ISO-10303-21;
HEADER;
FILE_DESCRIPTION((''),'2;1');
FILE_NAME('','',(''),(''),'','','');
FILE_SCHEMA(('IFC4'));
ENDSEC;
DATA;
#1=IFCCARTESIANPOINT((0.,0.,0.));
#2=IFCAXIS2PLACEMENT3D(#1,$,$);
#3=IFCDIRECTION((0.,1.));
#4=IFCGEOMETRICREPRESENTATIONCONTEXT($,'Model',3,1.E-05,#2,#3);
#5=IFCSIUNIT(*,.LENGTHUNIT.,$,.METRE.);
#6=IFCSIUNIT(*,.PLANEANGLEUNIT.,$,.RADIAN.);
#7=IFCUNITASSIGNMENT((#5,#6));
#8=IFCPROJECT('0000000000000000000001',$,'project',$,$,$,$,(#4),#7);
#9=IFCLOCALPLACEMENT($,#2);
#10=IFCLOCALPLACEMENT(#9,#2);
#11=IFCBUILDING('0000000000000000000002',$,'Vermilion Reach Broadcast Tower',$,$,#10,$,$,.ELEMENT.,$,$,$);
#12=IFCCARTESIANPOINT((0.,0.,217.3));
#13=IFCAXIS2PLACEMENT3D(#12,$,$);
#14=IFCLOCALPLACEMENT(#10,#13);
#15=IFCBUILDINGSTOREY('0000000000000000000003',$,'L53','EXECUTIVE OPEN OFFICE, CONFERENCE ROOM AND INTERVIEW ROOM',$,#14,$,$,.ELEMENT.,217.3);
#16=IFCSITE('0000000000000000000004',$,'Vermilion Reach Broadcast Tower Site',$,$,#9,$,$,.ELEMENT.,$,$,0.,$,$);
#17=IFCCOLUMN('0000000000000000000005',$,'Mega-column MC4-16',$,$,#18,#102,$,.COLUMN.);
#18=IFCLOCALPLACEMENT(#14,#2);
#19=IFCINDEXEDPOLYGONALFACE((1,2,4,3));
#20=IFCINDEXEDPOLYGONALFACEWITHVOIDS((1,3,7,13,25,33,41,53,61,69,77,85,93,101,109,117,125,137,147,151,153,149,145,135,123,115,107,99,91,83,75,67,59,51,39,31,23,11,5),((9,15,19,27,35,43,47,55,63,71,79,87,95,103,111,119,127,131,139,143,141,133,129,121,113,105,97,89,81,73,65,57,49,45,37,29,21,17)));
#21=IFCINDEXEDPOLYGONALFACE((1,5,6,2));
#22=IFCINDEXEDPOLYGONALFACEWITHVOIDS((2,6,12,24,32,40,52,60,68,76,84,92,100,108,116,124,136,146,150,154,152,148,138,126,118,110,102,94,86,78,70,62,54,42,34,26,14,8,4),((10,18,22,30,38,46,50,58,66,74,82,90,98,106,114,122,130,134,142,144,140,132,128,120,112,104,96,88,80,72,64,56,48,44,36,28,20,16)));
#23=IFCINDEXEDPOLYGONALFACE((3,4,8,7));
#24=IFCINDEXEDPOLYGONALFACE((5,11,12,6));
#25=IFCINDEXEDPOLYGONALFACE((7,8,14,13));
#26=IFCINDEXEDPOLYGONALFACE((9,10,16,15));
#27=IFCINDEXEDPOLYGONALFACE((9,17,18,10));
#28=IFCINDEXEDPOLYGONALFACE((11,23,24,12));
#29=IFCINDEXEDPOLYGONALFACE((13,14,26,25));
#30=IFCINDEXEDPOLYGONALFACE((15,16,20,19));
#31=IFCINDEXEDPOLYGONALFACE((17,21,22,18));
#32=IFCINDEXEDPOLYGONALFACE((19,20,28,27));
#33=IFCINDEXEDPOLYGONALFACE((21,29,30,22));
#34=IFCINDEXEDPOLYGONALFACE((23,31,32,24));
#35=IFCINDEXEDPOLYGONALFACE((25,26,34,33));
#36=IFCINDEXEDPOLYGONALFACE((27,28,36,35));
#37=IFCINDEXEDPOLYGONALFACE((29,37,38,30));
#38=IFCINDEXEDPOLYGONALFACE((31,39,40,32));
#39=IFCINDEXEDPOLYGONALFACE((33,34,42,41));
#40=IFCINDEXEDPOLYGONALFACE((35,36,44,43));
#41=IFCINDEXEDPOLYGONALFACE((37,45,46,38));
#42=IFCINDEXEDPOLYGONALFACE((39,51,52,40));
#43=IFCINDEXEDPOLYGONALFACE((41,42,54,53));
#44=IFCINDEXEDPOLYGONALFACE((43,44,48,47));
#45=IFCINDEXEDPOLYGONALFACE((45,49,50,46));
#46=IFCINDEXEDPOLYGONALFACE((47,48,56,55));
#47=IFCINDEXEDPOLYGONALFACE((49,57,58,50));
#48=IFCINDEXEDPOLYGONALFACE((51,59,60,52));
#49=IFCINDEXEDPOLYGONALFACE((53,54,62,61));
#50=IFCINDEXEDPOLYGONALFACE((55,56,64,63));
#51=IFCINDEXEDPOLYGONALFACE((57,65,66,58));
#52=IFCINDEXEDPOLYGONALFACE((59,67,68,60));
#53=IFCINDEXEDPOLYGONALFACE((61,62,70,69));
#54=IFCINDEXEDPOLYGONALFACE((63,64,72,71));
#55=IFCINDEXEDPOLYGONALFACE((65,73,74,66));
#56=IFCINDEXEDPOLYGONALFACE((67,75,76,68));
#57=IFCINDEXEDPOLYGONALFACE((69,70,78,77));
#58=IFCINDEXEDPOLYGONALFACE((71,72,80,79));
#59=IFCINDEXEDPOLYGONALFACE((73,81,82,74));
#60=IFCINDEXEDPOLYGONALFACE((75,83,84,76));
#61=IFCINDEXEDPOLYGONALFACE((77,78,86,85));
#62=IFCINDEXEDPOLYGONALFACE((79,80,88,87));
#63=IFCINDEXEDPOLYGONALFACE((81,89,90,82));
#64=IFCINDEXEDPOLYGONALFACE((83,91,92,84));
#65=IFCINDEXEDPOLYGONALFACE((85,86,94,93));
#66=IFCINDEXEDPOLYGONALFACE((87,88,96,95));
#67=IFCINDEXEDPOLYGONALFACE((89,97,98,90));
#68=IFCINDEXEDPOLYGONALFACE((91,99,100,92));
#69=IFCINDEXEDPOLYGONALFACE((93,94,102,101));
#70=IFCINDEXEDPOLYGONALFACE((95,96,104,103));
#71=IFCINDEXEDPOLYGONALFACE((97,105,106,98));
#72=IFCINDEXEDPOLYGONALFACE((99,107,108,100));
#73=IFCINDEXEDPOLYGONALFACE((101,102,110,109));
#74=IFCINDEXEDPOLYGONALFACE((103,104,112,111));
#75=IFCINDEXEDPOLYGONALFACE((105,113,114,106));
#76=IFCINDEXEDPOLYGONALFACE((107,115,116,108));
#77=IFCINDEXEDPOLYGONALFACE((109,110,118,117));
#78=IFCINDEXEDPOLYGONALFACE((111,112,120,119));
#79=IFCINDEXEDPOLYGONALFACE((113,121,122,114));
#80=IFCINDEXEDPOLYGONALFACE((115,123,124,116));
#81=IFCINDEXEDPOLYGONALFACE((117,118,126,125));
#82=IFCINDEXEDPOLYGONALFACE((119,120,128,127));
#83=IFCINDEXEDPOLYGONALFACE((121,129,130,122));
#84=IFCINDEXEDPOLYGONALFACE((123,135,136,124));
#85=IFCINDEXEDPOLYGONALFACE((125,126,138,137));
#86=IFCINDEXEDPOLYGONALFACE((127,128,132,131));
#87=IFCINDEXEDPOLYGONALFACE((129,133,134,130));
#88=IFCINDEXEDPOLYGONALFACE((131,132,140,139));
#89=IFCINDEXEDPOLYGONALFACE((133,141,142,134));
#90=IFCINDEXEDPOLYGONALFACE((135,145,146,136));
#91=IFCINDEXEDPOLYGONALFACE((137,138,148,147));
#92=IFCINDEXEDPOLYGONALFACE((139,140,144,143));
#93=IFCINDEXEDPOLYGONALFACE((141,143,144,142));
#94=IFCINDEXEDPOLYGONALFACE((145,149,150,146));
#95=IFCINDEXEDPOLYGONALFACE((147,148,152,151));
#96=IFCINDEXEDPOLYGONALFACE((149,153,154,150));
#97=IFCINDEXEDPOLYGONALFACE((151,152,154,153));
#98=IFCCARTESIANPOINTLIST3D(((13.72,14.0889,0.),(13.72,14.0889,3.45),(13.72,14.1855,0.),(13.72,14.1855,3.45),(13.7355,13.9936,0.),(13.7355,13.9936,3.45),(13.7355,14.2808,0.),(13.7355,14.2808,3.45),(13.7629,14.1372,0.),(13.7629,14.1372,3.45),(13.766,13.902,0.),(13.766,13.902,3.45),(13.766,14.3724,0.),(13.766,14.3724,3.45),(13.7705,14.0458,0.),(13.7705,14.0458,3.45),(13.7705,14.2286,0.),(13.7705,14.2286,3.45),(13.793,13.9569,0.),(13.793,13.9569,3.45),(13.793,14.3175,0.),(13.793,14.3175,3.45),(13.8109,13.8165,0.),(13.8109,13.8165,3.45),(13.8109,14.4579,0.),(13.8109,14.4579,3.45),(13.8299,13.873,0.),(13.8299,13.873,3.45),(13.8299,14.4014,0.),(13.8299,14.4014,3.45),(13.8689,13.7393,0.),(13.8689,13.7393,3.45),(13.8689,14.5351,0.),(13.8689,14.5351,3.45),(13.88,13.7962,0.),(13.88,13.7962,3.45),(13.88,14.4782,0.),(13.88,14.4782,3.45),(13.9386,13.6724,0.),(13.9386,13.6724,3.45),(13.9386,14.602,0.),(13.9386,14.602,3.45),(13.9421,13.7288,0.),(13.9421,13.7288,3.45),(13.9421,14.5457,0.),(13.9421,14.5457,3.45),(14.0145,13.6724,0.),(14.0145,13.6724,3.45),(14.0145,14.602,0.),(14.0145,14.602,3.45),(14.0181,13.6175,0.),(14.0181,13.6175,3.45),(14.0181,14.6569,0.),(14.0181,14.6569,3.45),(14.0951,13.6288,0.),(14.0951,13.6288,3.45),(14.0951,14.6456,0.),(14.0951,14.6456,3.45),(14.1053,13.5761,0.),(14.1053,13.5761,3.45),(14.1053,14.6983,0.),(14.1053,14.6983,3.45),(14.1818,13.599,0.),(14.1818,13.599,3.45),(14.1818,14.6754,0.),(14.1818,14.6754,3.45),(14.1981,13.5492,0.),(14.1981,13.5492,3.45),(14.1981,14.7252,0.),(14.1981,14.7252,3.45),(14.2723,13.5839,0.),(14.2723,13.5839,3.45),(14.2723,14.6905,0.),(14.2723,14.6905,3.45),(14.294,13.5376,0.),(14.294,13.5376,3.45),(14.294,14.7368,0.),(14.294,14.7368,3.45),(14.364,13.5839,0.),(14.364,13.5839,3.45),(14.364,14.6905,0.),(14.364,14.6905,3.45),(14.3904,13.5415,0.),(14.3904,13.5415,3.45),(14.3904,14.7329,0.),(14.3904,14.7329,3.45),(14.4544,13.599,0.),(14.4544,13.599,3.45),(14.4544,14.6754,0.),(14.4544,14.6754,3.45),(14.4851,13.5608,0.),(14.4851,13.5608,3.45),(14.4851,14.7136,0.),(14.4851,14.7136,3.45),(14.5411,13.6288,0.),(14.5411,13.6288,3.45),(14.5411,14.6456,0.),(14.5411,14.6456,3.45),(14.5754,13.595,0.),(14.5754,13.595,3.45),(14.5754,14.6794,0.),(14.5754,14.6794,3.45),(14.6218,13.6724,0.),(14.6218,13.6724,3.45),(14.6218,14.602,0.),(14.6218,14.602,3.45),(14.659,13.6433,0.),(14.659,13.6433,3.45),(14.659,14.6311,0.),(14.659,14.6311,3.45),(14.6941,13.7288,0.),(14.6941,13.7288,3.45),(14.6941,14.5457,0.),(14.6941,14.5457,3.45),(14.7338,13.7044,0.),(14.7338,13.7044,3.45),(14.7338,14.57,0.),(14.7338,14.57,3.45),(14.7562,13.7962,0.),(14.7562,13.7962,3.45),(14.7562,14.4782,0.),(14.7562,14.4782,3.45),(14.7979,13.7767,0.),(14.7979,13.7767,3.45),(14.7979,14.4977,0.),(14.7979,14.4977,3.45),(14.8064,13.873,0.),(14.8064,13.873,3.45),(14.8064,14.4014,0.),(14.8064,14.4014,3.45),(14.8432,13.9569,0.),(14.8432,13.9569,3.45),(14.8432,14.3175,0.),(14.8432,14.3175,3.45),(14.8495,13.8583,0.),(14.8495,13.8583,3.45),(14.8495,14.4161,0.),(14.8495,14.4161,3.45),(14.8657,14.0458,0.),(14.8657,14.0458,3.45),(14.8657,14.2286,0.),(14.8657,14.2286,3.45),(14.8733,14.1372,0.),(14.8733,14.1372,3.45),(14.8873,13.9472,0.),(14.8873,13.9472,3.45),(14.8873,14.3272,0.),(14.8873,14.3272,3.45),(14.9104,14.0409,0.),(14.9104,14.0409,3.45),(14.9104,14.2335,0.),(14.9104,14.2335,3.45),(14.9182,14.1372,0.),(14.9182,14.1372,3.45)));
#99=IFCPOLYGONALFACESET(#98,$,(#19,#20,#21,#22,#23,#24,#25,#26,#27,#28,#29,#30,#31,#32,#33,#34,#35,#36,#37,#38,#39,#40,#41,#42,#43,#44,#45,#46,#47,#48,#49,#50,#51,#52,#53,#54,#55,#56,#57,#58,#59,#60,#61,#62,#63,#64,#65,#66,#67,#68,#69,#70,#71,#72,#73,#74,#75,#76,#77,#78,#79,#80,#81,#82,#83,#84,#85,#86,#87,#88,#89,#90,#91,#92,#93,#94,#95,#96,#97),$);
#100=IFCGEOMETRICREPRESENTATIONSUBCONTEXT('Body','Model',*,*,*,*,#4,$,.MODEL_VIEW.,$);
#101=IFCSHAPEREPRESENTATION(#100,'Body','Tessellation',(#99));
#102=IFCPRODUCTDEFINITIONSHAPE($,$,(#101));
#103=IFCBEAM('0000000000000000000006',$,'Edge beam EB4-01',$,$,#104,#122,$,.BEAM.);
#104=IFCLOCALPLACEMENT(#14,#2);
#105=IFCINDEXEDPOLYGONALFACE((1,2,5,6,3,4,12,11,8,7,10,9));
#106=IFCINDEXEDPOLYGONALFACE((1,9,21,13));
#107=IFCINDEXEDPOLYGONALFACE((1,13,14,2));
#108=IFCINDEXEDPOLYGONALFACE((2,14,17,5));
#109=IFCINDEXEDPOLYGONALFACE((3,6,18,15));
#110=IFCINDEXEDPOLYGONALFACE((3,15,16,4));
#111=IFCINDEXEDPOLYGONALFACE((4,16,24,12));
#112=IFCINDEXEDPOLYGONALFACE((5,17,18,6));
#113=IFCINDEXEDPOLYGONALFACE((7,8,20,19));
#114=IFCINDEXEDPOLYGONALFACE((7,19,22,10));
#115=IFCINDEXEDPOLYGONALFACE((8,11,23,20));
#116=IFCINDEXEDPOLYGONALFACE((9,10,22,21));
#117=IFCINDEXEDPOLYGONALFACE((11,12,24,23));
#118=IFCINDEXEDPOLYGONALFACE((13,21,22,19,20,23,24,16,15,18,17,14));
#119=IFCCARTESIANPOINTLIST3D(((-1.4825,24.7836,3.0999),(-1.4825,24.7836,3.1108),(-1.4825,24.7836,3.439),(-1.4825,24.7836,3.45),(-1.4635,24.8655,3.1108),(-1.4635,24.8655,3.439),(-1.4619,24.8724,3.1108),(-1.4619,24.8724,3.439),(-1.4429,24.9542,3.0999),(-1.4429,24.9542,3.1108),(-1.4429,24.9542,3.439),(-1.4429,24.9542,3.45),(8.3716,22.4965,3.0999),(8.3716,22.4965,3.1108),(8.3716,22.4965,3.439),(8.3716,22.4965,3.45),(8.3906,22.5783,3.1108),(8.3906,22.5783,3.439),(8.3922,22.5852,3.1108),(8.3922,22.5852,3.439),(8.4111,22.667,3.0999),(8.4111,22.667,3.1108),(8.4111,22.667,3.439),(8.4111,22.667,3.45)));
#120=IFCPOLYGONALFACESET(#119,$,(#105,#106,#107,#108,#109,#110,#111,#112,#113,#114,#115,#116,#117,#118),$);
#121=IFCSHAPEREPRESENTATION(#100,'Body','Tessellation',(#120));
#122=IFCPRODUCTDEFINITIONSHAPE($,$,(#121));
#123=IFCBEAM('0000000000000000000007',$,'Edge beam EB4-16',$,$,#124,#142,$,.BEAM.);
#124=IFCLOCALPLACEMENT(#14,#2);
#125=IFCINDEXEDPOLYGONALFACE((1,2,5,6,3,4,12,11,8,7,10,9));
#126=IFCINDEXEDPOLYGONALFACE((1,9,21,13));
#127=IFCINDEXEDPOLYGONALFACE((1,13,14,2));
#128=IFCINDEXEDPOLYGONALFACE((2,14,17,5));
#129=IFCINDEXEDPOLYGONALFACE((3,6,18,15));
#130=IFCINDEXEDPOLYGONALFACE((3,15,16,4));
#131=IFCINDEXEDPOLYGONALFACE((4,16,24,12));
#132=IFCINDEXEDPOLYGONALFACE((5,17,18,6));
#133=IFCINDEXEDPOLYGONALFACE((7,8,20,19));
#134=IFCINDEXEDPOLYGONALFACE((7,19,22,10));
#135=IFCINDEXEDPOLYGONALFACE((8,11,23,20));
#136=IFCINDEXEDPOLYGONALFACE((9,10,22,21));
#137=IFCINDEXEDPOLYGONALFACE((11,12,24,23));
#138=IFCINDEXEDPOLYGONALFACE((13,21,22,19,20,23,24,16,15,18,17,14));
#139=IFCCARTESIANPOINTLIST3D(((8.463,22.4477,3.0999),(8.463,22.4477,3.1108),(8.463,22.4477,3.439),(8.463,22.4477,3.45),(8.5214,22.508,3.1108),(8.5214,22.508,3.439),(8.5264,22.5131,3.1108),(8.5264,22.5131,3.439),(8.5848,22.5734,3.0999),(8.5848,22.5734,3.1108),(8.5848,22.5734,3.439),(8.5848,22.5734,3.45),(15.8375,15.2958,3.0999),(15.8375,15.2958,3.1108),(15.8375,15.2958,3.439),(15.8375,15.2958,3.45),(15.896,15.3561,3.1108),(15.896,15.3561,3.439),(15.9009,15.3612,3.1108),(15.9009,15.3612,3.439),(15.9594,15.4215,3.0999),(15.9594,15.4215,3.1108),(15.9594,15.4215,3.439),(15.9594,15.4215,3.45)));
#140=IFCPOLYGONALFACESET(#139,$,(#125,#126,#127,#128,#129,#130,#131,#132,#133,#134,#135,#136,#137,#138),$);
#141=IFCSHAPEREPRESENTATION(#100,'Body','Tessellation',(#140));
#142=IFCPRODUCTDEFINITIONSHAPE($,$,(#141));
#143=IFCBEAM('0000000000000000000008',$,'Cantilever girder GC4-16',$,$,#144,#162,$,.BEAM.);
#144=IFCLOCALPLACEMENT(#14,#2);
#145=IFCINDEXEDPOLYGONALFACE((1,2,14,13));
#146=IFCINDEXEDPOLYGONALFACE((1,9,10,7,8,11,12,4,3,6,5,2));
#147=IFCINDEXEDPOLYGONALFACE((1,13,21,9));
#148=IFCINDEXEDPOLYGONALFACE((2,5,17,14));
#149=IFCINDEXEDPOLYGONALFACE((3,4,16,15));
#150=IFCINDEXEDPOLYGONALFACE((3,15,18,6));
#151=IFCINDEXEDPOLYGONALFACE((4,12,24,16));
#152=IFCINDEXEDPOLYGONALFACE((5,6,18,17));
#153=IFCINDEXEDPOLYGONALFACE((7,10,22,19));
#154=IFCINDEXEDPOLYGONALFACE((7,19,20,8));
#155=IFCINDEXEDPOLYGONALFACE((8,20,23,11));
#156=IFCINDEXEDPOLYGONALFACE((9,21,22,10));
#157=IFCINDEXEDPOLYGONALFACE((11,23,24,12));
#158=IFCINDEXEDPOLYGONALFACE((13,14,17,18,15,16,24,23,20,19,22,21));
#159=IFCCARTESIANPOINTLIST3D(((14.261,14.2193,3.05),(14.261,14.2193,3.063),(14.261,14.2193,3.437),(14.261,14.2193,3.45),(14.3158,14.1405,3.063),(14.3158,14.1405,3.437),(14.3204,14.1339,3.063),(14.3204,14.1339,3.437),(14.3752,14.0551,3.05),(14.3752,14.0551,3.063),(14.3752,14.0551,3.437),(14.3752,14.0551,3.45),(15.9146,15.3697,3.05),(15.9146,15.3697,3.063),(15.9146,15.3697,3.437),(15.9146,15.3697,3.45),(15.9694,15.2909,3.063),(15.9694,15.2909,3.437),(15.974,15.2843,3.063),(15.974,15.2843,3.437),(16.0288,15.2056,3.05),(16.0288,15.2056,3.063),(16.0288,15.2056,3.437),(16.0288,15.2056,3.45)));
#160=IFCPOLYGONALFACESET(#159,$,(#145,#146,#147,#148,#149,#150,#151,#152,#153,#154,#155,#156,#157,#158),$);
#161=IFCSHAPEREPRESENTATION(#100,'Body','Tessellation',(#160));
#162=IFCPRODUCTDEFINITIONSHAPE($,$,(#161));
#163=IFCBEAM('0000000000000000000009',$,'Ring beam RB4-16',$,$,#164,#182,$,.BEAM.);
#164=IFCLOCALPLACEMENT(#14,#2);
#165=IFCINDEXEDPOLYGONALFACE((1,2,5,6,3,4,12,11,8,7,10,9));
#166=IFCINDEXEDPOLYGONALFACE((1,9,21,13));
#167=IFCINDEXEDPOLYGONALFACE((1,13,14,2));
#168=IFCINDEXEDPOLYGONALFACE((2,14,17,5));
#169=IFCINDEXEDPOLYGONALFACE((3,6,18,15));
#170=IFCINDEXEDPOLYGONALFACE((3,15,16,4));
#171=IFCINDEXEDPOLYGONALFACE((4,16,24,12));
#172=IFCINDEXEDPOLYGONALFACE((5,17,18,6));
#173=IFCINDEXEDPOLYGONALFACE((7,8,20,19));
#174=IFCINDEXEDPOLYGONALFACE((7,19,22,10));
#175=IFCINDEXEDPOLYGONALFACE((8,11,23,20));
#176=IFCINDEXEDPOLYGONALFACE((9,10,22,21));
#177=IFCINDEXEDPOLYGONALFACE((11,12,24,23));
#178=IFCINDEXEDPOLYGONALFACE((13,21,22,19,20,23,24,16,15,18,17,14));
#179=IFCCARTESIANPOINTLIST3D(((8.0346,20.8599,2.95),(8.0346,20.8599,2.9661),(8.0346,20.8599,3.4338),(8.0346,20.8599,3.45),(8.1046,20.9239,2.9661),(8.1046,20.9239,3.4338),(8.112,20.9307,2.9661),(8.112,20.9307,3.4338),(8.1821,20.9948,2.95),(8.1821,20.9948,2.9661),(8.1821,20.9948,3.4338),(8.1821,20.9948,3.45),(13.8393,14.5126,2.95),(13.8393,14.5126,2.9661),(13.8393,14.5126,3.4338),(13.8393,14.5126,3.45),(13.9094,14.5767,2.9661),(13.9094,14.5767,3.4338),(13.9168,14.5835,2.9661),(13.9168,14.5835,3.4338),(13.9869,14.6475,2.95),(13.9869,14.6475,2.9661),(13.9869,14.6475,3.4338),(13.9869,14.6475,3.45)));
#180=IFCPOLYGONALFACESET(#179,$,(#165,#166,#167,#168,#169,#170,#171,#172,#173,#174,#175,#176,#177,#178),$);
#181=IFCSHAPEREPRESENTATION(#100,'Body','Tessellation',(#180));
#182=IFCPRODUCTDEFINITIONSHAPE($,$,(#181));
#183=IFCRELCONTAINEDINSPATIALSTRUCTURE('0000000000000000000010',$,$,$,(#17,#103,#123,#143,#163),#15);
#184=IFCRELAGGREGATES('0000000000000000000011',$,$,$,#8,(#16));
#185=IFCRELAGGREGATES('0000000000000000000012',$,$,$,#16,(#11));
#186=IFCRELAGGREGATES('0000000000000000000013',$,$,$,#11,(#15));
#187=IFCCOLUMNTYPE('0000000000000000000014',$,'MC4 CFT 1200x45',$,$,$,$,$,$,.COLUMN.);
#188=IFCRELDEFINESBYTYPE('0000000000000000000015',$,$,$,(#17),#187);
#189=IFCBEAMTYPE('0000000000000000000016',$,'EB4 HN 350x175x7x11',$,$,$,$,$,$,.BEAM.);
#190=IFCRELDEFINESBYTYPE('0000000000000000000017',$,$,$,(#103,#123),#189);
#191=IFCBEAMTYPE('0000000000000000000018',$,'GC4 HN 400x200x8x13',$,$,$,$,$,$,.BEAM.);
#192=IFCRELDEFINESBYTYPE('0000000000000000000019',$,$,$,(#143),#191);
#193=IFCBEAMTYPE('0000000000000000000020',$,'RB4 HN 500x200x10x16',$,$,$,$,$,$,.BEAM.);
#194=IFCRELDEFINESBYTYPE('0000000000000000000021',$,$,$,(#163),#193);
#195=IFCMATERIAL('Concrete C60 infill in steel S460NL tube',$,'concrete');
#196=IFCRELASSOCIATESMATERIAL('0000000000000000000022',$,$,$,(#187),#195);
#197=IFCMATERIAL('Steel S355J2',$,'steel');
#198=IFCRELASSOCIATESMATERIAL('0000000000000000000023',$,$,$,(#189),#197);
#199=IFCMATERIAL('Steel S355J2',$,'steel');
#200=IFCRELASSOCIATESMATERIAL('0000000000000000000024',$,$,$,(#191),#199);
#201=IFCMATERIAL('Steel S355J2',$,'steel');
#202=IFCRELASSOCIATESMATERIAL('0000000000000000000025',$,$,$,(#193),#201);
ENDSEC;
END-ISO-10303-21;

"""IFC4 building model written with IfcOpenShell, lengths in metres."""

from ifc_helpers import new_model, si_unit, direction, frame, origin, origin_2d, place, context, subcontext, project, spatial, hollow_circle, i_section, extrude, material, material_profile, profile_set, type_object, element, save


model = new_model("IFC4")

# Units and contexts
model_context = context("Model", 3, precision=1e-05, world=origin(), true_north=direction((0.0, 1.0)))
body_context = subcontext(model_context, "Body", "Model", "MODEL_VIEW")
ifc_project = project(units=[si_unit("LENGTHUNIT", "METRE"), si_unit("PLANEANGLEUNIT", "RADIAN")], contexts=[model_context])

# Site, building, storey
site_placement = place(None, origin())
site = spatial("IfcSite", under=ifc_project, at=site_placement, Name="Vermilion Reach Broadcast Tower Site", CompositionType="ELEMENT", RefElevation=0.0)
building_placement = place(site_placement, origin())
building = spatial("IfcBuilding", under=site, at=building_placement, Name="Vermilion Reach Broadcast Tower", CompositionType="ELEMENT")
storey_placement = place(building_placement, frame((0.0, 0.0, 217.3)))
storey = spatial("IfcBuildingStorey", under=building, at=storey_placement, Name="L53", Description="EXECUTIVE OPEN OFFICE, CONFERENCE ROOM AND INTERVIEW ROOM", CompositionType="ELEMENT", Elevation=217.3)

# Column
ifc_material_1 = material(Name="Concrete C60 infill in steel S460NL tube", Category="concrete")
ifc_material_profile_1 = material_profile(ifc_material_1, hollow_circle(Radius=0.6001, WallThickness=0.0449, at=origin_2d()), Name="Concrete C60 infill in steel S460NL tube CFT 1200x45")
ifc_profile_set_1 = profile_set([ifc_material_profile_1], Name="Concrete C60 infill in steel S460NL tube")
column_type = type_object("IfcColumnType", Name="MC4 CFT 1200x45", PredefinedType="COLUMN", material=ifc_profile_set_1)
column_placement = place(storey_placement, frame((14.3181, 14.1372, 0.0), z_axis=(0.0, 0.0, 1.0), x_axis=(1.0, 0.0, 0.0)))
element("IfcColumn", 1, at=column_placement, inside=storey, type_object=column_type, Name="Mega-column MC4-16", PredefinedType="COLUMN", context=body_context, shape_type="SweptSolid", body=[
    extrude(hollow_circle(Radius=0.6001, WallThickness=0.0449, at=origin_2d()), origin(), (0.0, 0.0, 1.0), 3.45),
])

# Beams
ifc_material_2 = material(Name="Steel S355J2", Category="steel")
ifc_material_profile_2 = material_profile(ifc_material_2, i_section(OverallWidth=0.175, OverallDepth=0.3501, WebThickness=0.0071, FlangeThickness=0.011, at=origin_2d()), Name="S355J2 HN 350x175x7x11")
ifc_profile_set_2 = profile_set([ifc_material_profile_2], Name="Steel S355J2")
beam_type_1 = type_object("IfcBeamType", Name="EB4 HN 350x175x7x11", PredefinedType="BEAM", material=ifc_profile_set_2)
beam_1_placement = place(storey_placement, frame((8.3914, 22.5818, 3.2749), z_axis=(-0.974107, 0.22609, 0.0), x_axis=(-0.22609, -0.974107, 0.0)))
element("IfcBeam", 2, at=beam_1_placement, inside=storey, type_object=beam_type_1, Name="Edge beam EB4-01", PredefinedType="BEAM", context=body_context, shape_type="SweptSolid", body=[
    extrude(i_section(OverallWidth=0.175, OverallDepth=0.3501, WebThickness=0.0071, FlangeThickness=0.011, at=origin_2d()), origin(), (0.0, 0.0, 1.0), 10.116),
])
beam_2_placement = place(storey_placement, frame((15.8984, 15.3586, 3.2749), z_axis=(-0.717861, 0.696187, 0.0), x_axis=(-0.696187, -0.717861, 0.0)))
element("IfcBeam", 3, at=beam_2_placement, inside=storey, type_object=beam_type_1, Name="Edge beam EB4-16", PredefinedType="BEAM", context=body_context, shape_type="SweptSolid", body=[
    extrude(i_section(OverallWidth=0.175, OverallDepth=0.3501, WebThickness=0.0071, FlangeThickness=0.011, at=origin_2d()), origin(), (0.0, 0.0, 1.0), 10.2729),
])
ifc_material_3 = material(Name="Steel S355J2", Category="steel")
ifc_material_profile_3 = material_profile(ifc_material_3, i_section(OverallWidth=0.2, OverallDepth=0.3999, WebThickness=0.0081, FlangeThickness=0.0129, at=origin_2d()), Name="S355J2 HN 400x200x8x13")
ifc_profile_set_3 = profile_set([ifc_material_profile_3], Name="Steel S355J2")
beam_type_2 = type_object("IfcBeamType", Name="GC4 HN 400x200x8x13", PredefinedType="BEAM", material=ifc_profile_set_3)
beam_3_placement = place(storey_placement, frame((14.3181, 14.1372, 3.25), z_axis=(0.820885, 0.571093, 0.0), x_axis=(-0.571093, 0.820885, 0.0)))
element("IfcBeam", 4, at=beam_3_placement, inside=storey, type_object=beam_type_2, Name="Cantilever girder GC4-16", PredefinedType="BEAM", context=body_context, shape_type="SweptSolid", body=[
    extrude(i_section(OverallWidth=0.2, OverallDepth=0.3999, WebThickness=0.0081, FlangeThickness=0.0129, at=origin_2d()), origin(), (0.0, 0.0, 1.0), 2.0144),
])
ifc_material_4 = material(Name="Steel S355J2", Category="steel")
ifc_material_profile_4 = material_profile(ifc_material_4, i_section(OverallWidth=0.2, OverallDepth=0.5, WebThickness=0.01, FlangeThickness=0.0161, at=origin_2d()), Name="S355J2 HN 500x200x10x16")
ifc_profile_set_4 = profile_set([ifc_material_profile_4], Name="Steel S355J2")
beam_type_3 = type_object("IfcBeamType", Name="RB4 HN 500x200x10x16", PredefinedType="BEAM", material=ifc_profile_set_4)
beam_4_placement = place(storey_placement, frame((13.9131, 14.5801, 3.2), z_axis=(-0.674868, 0.737938, 0.0), x_axis=(-0.737938, -0.674868, 0.0)))
element("IfcBeam", 5, at=beam_4_placement, inside=storey, type_object=beam_type_3, Name="Ring beam RB4-16", PredefinedType="BEAM", context=body_context, shape_type="SweptSolid", body=[
    extrude(i_section(OverallWidth=0.2, OverallDepth=0.5, WebThickness=0.01, FlangeThickness=0.0161, at=origin_2d()), origin(), (0.0, 0.0, 1.0), 8.6013),
])

save(model, "model.ifc")
